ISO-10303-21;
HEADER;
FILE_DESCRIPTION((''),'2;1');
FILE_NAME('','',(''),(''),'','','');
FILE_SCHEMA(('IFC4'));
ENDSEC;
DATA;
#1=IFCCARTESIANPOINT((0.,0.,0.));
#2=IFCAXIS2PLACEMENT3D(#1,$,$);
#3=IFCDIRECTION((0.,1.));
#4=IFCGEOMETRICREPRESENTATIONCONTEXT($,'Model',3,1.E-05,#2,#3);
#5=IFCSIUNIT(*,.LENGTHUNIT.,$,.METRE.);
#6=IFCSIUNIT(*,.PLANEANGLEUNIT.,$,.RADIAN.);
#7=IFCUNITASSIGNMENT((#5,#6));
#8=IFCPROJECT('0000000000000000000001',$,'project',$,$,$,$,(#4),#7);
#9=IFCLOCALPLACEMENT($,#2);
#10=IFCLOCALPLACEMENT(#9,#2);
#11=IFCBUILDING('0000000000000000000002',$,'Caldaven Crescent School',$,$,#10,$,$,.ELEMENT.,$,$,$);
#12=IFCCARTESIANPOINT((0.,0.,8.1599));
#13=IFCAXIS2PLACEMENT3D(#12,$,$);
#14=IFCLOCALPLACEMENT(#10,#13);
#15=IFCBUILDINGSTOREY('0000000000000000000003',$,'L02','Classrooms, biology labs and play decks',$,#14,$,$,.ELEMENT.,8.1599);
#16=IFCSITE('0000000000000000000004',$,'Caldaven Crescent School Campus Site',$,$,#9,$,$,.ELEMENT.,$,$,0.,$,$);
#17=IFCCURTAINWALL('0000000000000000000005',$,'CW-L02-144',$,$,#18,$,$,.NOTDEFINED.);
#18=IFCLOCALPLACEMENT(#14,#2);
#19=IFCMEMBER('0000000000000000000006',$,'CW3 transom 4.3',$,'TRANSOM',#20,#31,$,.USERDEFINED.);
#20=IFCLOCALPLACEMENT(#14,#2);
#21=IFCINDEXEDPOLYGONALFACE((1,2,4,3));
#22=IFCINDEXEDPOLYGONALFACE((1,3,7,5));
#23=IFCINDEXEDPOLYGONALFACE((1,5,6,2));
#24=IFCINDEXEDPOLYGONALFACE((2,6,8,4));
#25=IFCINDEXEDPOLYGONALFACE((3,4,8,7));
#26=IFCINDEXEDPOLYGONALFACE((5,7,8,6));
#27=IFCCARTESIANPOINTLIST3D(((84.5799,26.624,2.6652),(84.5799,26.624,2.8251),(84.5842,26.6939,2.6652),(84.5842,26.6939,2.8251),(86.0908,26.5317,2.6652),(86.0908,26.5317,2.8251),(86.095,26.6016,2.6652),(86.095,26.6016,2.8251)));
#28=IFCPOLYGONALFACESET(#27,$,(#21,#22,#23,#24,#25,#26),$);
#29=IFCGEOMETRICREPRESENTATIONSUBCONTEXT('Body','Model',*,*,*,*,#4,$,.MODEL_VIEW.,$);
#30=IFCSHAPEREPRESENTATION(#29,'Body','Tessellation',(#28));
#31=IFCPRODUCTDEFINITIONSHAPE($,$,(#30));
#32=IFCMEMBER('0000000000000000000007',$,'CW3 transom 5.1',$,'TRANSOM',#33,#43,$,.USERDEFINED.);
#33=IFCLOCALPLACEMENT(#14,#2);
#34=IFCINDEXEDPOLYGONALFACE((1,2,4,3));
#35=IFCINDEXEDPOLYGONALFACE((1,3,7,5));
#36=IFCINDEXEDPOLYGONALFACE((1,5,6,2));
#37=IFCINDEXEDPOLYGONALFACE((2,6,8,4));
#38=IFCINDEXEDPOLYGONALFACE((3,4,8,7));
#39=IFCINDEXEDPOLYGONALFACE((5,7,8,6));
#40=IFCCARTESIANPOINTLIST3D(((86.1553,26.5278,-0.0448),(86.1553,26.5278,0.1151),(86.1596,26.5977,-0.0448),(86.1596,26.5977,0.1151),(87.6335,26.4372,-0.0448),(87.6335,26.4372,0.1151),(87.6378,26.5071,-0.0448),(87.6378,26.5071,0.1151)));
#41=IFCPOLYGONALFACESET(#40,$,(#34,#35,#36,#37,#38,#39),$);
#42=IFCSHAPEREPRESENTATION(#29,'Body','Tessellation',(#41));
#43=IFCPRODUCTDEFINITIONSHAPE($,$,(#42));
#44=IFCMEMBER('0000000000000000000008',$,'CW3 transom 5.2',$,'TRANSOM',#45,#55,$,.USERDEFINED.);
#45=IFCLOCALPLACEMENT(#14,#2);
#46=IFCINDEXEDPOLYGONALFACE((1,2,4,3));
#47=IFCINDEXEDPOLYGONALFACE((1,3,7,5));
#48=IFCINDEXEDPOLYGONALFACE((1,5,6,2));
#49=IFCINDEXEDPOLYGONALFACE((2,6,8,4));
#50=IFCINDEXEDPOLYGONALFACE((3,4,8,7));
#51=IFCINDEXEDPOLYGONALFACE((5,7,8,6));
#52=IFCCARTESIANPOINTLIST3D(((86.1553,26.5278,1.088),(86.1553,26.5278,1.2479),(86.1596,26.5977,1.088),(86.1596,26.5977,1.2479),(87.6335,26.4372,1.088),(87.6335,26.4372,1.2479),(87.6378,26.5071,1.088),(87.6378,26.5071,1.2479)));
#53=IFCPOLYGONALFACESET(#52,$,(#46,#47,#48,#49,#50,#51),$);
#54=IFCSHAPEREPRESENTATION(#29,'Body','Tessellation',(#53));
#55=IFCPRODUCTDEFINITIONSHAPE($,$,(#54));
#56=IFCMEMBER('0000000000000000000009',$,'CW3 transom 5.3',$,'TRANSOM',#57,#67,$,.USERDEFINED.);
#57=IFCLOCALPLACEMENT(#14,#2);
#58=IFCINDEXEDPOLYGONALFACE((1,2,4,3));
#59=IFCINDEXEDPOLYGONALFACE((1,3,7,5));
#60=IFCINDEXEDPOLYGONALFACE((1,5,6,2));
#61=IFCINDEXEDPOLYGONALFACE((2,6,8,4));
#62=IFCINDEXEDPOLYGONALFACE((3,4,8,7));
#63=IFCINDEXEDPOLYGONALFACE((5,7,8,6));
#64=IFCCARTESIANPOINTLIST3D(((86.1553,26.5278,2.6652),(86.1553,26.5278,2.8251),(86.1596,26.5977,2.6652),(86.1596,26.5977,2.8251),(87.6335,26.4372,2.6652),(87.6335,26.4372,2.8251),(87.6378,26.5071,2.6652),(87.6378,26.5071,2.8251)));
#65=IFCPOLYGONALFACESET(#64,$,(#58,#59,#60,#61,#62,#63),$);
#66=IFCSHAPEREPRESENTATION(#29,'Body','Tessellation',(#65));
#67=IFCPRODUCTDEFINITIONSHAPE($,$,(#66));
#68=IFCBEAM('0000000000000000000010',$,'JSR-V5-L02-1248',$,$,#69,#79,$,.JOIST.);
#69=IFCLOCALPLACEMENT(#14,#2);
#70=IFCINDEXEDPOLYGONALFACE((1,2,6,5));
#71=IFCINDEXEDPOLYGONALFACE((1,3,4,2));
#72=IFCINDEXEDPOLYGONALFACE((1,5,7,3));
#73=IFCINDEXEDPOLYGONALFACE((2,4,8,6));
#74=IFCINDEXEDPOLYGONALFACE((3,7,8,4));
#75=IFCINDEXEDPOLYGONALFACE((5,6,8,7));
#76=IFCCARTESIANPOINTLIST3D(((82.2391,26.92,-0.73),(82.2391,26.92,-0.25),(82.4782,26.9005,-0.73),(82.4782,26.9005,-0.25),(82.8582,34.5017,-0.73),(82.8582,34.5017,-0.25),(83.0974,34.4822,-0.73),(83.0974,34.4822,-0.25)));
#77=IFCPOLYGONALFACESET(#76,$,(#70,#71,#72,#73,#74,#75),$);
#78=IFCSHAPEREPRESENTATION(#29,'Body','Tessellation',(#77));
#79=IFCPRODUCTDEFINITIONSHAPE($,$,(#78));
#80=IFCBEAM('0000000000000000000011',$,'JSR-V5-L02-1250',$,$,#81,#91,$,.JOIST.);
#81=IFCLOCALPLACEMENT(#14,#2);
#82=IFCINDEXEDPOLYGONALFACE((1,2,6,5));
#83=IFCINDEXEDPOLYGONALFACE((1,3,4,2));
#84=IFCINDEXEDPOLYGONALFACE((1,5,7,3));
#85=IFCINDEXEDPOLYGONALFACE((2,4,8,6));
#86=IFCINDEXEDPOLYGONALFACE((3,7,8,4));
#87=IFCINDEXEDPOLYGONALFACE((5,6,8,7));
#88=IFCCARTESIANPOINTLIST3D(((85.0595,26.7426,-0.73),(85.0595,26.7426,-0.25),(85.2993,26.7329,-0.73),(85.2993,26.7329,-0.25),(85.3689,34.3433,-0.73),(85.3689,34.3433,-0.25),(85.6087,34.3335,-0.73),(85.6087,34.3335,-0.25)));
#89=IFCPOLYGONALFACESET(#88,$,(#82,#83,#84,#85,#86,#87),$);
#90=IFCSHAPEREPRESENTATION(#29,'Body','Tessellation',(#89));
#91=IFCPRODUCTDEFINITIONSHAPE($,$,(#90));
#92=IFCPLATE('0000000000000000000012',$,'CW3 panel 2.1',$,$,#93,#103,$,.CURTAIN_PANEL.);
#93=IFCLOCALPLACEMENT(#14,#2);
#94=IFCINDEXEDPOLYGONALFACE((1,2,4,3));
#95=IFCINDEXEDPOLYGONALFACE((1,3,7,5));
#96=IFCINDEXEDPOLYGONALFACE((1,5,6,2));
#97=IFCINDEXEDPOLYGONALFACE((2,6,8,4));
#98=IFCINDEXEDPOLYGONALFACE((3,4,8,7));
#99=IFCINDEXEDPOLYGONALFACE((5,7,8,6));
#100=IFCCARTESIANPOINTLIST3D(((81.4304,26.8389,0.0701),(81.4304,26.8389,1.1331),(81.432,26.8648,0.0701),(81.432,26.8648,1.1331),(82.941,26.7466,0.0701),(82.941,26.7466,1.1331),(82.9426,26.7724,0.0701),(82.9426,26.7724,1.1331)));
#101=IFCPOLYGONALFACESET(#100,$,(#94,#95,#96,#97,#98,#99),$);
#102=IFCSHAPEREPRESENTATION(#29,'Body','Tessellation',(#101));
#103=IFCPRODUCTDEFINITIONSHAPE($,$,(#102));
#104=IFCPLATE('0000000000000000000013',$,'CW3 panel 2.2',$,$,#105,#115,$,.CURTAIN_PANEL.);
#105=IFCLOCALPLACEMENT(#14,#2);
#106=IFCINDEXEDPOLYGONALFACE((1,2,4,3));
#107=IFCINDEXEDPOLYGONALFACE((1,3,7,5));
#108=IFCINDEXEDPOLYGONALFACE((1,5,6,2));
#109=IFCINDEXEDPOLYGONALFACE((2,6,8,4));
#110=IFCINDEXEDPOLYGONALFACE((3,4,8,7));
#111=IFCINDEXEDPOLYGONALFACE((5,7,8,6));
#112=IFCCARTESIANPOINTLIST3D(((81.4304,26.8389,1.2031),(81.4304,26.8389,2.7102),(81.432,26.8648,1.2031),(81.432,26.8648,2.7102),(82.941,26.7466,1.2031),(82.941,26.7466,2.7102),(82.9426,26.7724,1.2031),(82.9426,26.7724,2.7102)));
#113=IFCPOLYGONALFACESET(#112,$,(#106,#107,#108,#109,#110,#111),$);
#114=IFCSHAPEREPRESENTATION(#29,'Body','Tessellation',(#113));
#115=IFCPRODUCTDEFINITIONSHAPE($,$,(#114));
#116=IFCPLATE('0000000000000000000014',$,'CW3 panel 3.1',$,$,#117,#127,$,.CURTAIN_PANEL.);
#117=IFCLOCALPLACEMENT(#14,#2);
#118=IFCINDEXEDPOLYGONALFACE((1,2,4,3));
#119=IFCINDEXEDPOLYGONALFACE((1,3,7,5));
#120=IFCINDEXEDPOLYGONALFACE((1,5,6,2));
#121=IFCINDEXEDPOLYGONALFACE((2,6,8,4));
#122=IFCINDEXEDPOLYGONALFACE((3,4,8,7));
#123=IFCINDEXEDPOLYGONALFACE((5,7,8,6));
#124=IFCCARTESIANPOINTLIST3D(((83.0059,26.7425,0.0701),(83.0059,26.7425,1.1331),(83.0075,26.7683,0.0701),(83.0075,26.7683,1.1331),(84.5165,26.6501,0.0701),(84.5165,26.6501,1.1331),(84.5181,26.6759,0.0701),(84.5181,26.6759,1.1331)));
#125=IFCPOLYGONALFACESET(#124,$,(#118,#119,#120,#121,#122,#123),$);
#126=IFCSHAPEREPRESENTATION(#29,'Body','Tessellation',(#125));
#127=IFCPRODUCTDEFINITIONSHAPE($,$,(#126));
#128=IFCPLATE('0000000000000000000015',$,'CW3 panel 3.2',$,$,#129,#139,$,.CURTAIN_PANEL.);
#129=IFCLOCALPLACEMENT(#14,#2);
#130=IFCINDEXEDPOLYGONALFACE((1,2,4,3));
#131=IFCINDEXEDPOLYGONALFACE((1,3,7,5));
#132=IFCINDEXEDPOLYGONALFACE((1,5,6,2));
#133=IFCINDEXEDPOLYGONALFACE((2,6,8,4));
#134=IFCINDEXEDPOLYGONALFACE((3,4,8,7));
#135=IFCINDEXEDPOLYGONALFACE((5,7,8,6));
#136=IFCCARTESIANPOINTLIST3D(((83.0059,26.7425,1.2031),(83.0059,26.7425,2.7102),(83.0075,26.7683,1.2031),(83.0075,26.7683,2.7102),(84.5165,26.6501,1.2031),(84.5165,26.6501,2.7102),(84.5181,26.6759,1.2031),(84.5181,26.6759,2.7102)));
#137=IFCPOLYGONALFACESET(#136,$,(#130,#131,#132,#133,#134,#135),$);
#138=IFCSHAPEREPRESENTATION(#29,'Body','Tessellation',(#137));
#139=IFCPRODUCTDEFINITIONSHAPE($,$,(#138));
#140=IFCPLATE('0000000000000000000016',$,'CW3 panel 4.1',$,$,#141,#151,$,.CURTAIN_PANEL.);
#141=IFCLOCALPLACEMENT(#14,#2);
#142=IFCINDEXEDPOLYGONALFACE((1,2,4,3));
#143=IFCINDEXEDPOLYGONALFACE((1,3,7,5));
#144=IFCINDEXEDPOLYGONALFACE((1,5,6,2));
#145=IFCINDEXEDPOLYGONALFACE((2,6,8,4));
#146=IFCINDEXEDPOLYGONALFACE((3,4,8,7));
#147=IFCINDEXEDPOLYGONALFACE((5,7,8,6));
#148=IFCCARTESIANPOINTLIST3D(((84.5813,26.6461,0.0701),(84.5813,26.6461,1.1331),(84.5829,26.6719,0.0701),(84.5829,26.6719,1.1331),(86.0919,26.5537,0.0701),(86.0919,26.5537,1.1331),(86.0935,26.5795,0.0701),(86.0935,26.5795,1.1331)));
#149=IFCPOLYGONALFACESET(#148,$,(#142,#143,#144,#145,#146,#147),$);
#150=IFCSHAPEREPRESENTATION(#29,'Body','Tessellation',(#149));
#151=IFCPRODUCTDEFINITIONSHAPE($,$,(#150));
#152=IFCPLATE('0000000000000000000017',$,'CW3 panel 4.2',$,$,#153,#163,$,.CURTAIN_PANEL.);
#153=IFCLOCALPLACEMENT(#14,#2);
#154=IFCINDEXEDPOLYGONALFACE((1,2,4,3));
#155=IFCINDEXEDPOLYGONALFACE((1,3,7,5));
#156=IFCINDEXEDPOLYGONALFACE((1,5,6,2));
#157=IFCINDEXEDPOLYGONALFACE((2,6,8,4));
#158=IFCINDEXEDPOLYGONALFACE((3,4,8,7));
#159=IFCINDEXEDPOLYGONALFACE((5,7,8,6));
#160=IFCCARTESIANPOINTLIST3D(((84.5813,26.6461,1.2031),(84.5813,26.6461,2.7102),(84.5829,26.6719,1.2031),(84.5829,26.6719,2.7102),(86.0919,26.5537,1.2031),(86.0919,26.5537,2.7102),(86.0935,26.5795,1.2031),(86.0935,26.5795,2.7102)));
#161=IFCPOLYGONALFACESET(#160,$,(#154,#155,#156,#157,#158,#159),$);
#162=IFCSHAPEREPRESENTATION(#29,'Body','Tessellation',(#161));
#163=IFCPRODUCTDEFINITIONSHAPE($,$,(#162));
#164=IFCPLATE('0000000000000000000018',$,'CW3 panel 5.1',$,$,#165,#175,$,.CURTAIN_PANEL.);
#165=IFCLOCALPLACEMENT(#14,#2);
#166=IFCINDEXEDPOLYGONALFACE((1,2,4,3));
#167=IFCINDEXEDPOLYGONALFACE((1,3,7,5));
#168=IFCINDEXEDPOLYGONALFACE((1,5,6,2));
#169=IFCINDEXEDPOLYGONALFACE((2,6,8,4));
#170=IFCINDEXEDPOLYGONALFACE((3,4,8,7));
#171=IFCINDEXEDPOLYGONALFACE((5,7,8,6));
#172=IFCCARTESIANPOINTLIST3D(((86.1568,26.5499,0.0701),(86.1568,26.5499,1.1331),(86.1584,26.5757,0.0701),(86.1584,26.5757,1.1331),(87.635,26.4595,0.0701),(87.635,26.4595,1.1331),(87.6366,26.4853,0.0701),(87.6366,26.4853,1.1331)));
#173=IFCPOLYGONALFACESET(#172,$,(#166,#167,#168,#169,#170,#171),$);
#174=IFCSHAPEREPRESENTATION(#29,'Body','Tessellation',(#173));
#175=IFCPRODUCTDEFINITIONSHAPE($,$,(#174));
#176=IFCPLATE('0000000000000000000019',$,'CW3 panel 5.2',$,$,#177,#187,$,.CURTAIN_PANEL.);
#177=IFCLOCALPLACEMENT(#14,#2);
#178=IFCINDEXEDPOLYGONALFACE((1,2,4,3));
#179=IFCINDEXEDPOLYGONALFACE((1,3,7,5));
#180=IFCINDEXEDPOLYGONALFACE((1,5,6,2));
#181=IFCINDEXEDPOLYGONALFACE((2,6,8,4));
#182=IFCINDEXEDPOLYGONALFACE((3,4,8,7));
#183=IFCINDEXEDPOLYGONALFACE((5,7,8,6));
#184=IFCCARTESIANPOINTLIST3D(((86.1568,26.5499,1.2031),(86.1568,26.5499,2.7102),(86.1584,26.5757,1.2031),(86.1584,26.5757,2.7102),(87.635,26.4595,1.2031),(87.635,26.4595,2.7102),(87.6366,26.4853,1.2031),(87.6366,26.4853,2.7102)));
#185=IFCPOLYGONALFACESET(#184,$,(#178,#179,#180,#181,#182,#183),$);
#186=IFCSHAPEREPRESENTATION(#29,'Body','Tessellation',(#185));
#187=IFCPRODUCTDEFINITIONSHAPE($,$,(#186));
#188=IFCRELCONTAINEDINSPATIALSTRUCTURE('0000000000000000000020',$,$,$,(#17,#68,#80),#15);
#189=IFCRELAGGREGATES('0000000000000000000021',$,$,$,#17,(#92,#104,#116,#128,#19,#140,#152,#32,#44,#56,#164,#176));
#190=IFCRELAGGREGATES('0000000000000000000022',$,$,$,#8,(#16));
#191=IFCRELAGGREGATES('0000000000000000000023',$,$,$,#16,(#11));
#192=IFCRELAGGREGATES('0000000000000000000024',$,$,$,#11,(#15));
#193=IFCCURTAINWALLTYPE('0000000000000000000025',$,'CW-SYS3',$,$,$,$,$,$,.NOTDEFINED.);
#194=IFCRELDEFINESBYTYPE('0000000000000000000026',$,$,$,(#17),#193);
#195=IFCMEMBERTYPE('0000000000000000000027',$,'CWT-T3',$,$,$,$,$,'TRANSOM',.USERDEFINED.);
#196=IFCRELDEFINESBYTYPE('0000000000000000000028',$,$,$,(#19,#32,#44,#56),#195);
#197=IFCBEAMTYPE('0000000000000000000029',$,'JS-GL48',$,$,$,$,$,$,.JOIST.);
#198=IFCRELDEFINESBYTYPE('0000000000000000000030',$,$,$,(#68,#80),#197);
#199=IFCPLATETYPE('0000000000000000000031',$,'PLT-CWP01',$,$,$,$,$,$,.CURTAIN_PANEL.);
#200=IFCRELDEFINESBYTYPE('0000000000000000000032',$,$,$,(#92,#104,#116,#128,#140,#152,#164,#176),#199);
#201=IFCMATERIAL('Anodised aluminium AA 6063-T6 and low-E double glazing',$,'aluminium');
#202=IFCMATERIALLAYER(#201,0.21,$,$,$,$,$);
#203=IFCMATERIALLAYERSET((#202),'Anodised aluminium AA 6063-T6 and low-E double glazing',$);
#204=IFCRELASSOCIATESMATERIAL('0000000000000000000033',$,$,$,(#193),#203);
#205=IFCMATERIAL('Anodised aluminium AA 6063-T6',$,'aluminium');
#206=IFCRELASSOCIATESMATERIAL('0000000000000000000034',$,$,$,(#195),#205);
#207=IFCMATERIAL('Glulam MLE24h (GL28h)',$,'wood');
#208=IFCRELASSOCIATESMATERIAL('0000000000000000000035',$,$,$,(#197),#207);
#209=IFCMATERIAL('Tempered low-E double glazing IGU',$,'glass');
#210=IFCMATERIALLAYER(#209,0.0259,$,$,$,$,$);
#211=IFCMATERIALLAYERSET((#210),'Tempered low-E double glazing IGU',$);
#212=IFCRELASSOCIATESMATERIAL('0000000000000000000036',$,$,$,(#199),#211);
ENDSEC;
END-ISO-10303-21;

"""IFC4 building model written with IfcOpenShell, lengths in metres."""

from ifc_helpers import new_model, si_unit, direction, frame, origin, origin_2d, place, context, subcontext, project, spatial, rectangle, extrude, material, layer, layer_set, material_profile, profile_set, type_object, element, aggregate, save


model = new_model("IFC4")

# Units and contexts
model_context = context("Model", 3, precision=1e-05, world=origin(), true_north=direction((0.0, 1.0)))
body_context = subcontext(model_context, "Body", "Model", "MODEL_VIEW")
ifc_project = project(units=[si_unit("LENGTHUNIT", "METRE"), si_unit("PLANEANGLEUNIT", "RADIAN")], contexts=[model_context])

# Site, building, storey
site_placement = place(None, origin())
site = spatial("IfcSite", under=ifc_project, at=site_placement, Name="Caldaven Crescent School Campus Site", CompositionType="ELEMENT", RefElevation=0.0)
building_placement = place(site_placement, origin())
building = spatial("IfcBuilding", under=site, at=building_placement, Name="Caldaven Crescent School", CompositionType="ELEMENT")
storey_placement = place(building_placement, frame((0.0, 0.0, 8.1599)))
storey = spatial("IfcBuildingStorey", under=building, at=storey_placement, Name="L02", Description="Classrooms, biology labs and play decks", CompositionType="ELEMENT", Elevation=8.1599)

# Shared definitions
ifc_material_1 = material(Name="Glulam MLE24h (GL28h)", Category="wood")

# Curtain wall, members
ifc_material_2 = material(Name="Anodised aluminium AA 6063-T6 and low-E double glazing", Category="aluminium")
ifc_layer_1 = layer(ifc_material_2, 0.21)
ifc_layer_set_1 = layer_set([ifc_layer_1], Name="Anodised aluminium AA 6063-T6 and low-E double glazing")
curtain_wall_type = type_object("IfcCurtainWallType", Name="CW-SYS3", PredefinedType="NOTDEFINED", material=ifc_layer_set_1)
curtain_wall_placement = place(storey_placement, origin())
curtain_wall = element("IfcCurtainWall", 1, at=curtain_wall_placement, inside=storey, type_object=curtain_wall_type, Name="CW-L02-144", PredefinedType="NOTDEFINED")
ifc_material_3 = material(Name="Anodised aluminium AA 6063-T6", Category="aluminium")
ifc_material_profile_1 = material_profile(ifc_material_3, rectangle(XDim=0.0701, YDim=0.1599, at=origin_2d()), Name="CWT 70x160")
ifc_profile_set_1 = profile_set([ifc_material_profile_1], Name="Anodised aluminium AA 6063-T6")
member_type_1 = type_object("IfcMemberType", Name="CWT-T3", ElementType="TRANSOM", PredefinedType="USERDEFINED", material=ifc_profile_set_1)
member_1_placement = place(storey_placement, frame((84.582, 26.6589, 2.7451), z_axis=(0.998139, -0.060972, 0.0), x_axis=(0.060972, 0.998139, 0.0)))
member_1 = element("IfcMember", 2, at=member_1_placement, type_object=member_type_1, Name="CW3 transom 4.3", ObjectType="TRANSOM", PredefinedType="USERDEFINED", context=body_context, shape_type="SweptSolid", body=[
    extrude(rectangle(XDim=0.0701, YDim=0.1599, at=origin_2d()), origin(), (0.0, 0.0, 1.0), 1.5137),
])
member_2_placement = place(storey_placement, frame((86.1575, 26.5627, 0.0352), z_axis=(0.998128, -0.061157, 0.0), x_axis=(0.061157, 0.998128, 0.0)))
member_2 = element("IfcMember", 3, at=member_2_placement, type_object=member_type_1, Name="CW3 transom 5.1", ObjectType="TRANSOM", PredefinedType="USERDEFINED", context=body_context, shape_type="SweptSolid", body=[
    extrude(rectangle(XDim=0.0701, YDim=0.1599, at=origin_2d()), origin(), (0.0, 0.0, 1.0), 1.481),
])
member_3_placement = place(storey_placement, frame((86.1575, 26.5627, 1.168), z_axis=(0.998128, -0.061157, 0.0), x_axis=(0.061157, 0.998128, 0.0)))
member_3 = element("IfcMember", 4, at=member_3_placement, type_object=member_type_1, Name="CW3 transom 5.2", ObjectType="TRANSOM", PredefinedType="USERDEFINED", context=body_context, shape_type="SweptSolid", body=[
    extrude(rectangle(XDim=0.0701, YDim=0.1599, at=origin_2d()), origin(), (0.0, 0.0, 1.0), 1.481),
])
member_4_placement = place(storey_placement, frame((86.1575, 26.5627, 2.7451), z_axis=(0.998128, -0.061157, 0.0), x_axis=(0.061157, 0.998128, 0.0)))
member_4 = element("IfcMember", 5, at=member_4_placement, type_object=member_type_1, Name="CW3 transom 5.3", ObjectType="TRANSOM", PredefinedType="USERDEFINED", context=body_context, shape_type="SweptSolid", body=[
    extrude(rectangle(XDim=0.0701, YDim=0.1599, at=origin_2d()), origin(), (0.0, 0.0, 1.0), 1.481),
])

# Beams
ifc_material_profile_2 = material_profile(ifc_material_1, rectangle(XDim=0.24, YDim=0.48, at=origin_2d()), Name="MLE 240x480")
ifc_profile_set_2 = profile_set([ifc_material_profile_2], Name="Glulam MLE24h (GL28h)")
beam_type_1 = type_object("IfcBeamType", Name="JS-GL48", PredefinedType="JOIST", material=ifc_profile_set_2)
for number, where, z_axis, x_axis, name in (
    (6, (82.9778, 34.4919, -0.49), (-0.081391, -0.996682, 0.0), (0.996682, -0.081391, 0.0), "JSR-V5-L02-1248"),
    (7, (85.4888, 34.3384, -0.49), (-0.040664, -0.999173, 0.0), (0.999173, -0.040664, 0.0), "JSR-V5-L02-1250"),
):
    element("IfcBeam", number, at=place(storey_placement, frame(where, z_axis=z_axis, x_axis=x_axis)), inside=storey, type_object=beam_type_1, Name=name, PredefinedType="JOIST", context=body_context, shape_type="SweptSolid", body=[
        extrude(rectangle(XDim=0.24, YDim=0.48, at=origin_2d()), origin(), (0.0, 0.0, 1.0), 7.6069),
    ])

# Plates
ifc_material_4 = material(Name="Tempered low-E double glazing IGU", Category="glass")
ifc_layer_2 = layer(ifc_material_4, 0.0259)
ifc_layer_set_2 = layer_set([ifc_layer_2], Name="Tempered low-E double glazing IGU")
plate_type = type_object("IfcPlateType", Name="PLT-CWP01", PredefinedType="CURTAIN_PANEL", material=ifc_layer_set_2)
plate_1_placement = place(storey_placement, frame((82.1865, 26.8057, 0.0701), z_axis=(0.0, 0.0, 1.0), x_axis=(0.998135, -0.061049, 0.0)))
plate_1 = element("IfcPlate", 8, at=plate_1_placement, type_object=plate_type, Name="CW3 panel 2.1", PredefinedType="CURTAIN_PANEL", context=body_context, shape_type="SweptSolid", body=[
    extrude(rectangle(XDim=1.5134, YDim=0.0259, at=origin_2d()), origin(), (0.0, 0.0, 1.0), 1.063),
])
plate_2_placement = place(storey_placement, frame((82.1865, 26.8057, 1.2031), z_axis=(0.0, 0.0, 1.0), x_axis=(0.998135, -0.061049, 0.0)))
plate_2 = element("IfcPlate", 9, at=plate_2_placement, type_object=plate_type, Name="CW3 panel 2.2", PredefinedType="CURTAIN_PANEL", context=body_context, shape_type="SweptSolid", body=[
    extrude(rectangle(XDim=1.5134, YDim=0.0259, at=origin_2d()), origin(), (0.0, 0.0, 1.0), 1.5071),
])
plate_3_placement = place(storey_placement, frame((83.762, 26.7092, 0.0701), z_axis=(0.0, 0.0, 1.0), x_axis=(0.998135, -0.061049, 0.0)))
plate_3 = element("IfcPlate", 10, at=plate_3_placement, type_object=plate_type, Name="CW3 panel 3.1", PredefinedType="CURTAIN_PANEL", context=body_context, shape_type="SweptSolid", body=[
    extrude(rectangle(XDim=1.5134, YDim=0.0259, at=origin_2d()), origin(), (0.0, 0.0, 1.0), 1.063),
])
plate_4_placement = place(storey_placement, frame((83.762, 26.7092, 1.2031), z_axis=(0.0, 0.0, 1.0), x_axis=(0.998135, -0.061049, 0.0)))
plate_4 = element("IfcPlate", 11, at=plate_4_placement, type_object=plate_type, Name="CW3 panel 3.2", PredefinedType="CURTAIN_PANEL", context=body_context, shape_type="SweptSolid", body=[
    extrude(rectangle(XDim=1.5134, YDim=0.0259, at=origin_2d()), origin(), (0.0, 0.0, 1.0), 1.5071),
])
plate_5_placement = place(storey_placement, frame((85.3374, 26.6128, 0.0701), z_axis=(0.0, 0.0, 1.0), x_axis=(0.998135, -0.061049, 0.0)))
plate_5 = element("IfcPlate", 12, at=plate_5_placement, type_object=plate_type, Name="CW3 panel 4.1", PredefinedType="CURTAIN_PANEL", context=body_context, shape_type="SweptSolid", body=[
    extrude(rectangle(XDim=1.5134, YDim=0.0259, at=origin_2d()), origin(), (0.0, 0.0, 1.0), 1.063),
])
plate_6_placement = place(storey_placement, frame((85.3374, 26.6128, 1.2031), z_axis=(0.0, 0.0, 1.0), x_axis=(0.998135, -0.061049, 0.0)))
plate_6 = element("IfcPlate", 13, at=plate_6_placement, type_object=plate_type, Name="CW3 panel 4.2", PredefinedType="CURTAIN_PANEL", context=body_context, shape_type="SweptSolid", body=[
    extrude(rectangle(XDim=1.5134, YDim=0.0259, at=origin_2d()), origin(), (0.0, 0.0, 1.0), 1.5071),
])
plate_7_placement = place(storey_placement, frame((86.8967, 26.5176, 0.0701), z_axis=(0.0, 0.0, 1.0), x_axis=(0.998135, -0.061049, 0.0)))
plate_7 = element("IfcPlate", 14, at=plate_7_placement, type_object=plate_type, Name="CW3 panel 5.1", PredefinedType="CURTAIN_PANEL", context=body_context, shape_type="SweptSolid", body=[
    extrude(rectangle(XDim=1.481, YDim=0.0259, at=origin_2d()), origin(), (0.0, 0.0, 1.0), 1.063),
])
plate_8_placement = place(storey_placement, frame((86.8967, 26.5176, 1.2031), z_axis=(0.0, 0.0, 1.0), x_axis=(0.998135, -0.061049, 0.0)))
plate_8 = element("IfcPlate", 15, at=plate_8_placement, type_object=plate_type, Name="CW3 panel 5.2", PredefinedType="CURTAIN_PANEL", context=body_context, shape_type="SweptSolid", body=[
    extrude(rectangle(XDim=1.481, YDim=0.0259, at=origin_2d()), origin(), (0.0, 0.0, 1.0), 1.5071),
])
aggregate(curtain_wall, [plate_1, plate_2, plate_3, plate_4, member_1, plate_5, plate_6, member_2, member_3, member_4, plate_7, plate_8])

save(model, "model.ifc")
